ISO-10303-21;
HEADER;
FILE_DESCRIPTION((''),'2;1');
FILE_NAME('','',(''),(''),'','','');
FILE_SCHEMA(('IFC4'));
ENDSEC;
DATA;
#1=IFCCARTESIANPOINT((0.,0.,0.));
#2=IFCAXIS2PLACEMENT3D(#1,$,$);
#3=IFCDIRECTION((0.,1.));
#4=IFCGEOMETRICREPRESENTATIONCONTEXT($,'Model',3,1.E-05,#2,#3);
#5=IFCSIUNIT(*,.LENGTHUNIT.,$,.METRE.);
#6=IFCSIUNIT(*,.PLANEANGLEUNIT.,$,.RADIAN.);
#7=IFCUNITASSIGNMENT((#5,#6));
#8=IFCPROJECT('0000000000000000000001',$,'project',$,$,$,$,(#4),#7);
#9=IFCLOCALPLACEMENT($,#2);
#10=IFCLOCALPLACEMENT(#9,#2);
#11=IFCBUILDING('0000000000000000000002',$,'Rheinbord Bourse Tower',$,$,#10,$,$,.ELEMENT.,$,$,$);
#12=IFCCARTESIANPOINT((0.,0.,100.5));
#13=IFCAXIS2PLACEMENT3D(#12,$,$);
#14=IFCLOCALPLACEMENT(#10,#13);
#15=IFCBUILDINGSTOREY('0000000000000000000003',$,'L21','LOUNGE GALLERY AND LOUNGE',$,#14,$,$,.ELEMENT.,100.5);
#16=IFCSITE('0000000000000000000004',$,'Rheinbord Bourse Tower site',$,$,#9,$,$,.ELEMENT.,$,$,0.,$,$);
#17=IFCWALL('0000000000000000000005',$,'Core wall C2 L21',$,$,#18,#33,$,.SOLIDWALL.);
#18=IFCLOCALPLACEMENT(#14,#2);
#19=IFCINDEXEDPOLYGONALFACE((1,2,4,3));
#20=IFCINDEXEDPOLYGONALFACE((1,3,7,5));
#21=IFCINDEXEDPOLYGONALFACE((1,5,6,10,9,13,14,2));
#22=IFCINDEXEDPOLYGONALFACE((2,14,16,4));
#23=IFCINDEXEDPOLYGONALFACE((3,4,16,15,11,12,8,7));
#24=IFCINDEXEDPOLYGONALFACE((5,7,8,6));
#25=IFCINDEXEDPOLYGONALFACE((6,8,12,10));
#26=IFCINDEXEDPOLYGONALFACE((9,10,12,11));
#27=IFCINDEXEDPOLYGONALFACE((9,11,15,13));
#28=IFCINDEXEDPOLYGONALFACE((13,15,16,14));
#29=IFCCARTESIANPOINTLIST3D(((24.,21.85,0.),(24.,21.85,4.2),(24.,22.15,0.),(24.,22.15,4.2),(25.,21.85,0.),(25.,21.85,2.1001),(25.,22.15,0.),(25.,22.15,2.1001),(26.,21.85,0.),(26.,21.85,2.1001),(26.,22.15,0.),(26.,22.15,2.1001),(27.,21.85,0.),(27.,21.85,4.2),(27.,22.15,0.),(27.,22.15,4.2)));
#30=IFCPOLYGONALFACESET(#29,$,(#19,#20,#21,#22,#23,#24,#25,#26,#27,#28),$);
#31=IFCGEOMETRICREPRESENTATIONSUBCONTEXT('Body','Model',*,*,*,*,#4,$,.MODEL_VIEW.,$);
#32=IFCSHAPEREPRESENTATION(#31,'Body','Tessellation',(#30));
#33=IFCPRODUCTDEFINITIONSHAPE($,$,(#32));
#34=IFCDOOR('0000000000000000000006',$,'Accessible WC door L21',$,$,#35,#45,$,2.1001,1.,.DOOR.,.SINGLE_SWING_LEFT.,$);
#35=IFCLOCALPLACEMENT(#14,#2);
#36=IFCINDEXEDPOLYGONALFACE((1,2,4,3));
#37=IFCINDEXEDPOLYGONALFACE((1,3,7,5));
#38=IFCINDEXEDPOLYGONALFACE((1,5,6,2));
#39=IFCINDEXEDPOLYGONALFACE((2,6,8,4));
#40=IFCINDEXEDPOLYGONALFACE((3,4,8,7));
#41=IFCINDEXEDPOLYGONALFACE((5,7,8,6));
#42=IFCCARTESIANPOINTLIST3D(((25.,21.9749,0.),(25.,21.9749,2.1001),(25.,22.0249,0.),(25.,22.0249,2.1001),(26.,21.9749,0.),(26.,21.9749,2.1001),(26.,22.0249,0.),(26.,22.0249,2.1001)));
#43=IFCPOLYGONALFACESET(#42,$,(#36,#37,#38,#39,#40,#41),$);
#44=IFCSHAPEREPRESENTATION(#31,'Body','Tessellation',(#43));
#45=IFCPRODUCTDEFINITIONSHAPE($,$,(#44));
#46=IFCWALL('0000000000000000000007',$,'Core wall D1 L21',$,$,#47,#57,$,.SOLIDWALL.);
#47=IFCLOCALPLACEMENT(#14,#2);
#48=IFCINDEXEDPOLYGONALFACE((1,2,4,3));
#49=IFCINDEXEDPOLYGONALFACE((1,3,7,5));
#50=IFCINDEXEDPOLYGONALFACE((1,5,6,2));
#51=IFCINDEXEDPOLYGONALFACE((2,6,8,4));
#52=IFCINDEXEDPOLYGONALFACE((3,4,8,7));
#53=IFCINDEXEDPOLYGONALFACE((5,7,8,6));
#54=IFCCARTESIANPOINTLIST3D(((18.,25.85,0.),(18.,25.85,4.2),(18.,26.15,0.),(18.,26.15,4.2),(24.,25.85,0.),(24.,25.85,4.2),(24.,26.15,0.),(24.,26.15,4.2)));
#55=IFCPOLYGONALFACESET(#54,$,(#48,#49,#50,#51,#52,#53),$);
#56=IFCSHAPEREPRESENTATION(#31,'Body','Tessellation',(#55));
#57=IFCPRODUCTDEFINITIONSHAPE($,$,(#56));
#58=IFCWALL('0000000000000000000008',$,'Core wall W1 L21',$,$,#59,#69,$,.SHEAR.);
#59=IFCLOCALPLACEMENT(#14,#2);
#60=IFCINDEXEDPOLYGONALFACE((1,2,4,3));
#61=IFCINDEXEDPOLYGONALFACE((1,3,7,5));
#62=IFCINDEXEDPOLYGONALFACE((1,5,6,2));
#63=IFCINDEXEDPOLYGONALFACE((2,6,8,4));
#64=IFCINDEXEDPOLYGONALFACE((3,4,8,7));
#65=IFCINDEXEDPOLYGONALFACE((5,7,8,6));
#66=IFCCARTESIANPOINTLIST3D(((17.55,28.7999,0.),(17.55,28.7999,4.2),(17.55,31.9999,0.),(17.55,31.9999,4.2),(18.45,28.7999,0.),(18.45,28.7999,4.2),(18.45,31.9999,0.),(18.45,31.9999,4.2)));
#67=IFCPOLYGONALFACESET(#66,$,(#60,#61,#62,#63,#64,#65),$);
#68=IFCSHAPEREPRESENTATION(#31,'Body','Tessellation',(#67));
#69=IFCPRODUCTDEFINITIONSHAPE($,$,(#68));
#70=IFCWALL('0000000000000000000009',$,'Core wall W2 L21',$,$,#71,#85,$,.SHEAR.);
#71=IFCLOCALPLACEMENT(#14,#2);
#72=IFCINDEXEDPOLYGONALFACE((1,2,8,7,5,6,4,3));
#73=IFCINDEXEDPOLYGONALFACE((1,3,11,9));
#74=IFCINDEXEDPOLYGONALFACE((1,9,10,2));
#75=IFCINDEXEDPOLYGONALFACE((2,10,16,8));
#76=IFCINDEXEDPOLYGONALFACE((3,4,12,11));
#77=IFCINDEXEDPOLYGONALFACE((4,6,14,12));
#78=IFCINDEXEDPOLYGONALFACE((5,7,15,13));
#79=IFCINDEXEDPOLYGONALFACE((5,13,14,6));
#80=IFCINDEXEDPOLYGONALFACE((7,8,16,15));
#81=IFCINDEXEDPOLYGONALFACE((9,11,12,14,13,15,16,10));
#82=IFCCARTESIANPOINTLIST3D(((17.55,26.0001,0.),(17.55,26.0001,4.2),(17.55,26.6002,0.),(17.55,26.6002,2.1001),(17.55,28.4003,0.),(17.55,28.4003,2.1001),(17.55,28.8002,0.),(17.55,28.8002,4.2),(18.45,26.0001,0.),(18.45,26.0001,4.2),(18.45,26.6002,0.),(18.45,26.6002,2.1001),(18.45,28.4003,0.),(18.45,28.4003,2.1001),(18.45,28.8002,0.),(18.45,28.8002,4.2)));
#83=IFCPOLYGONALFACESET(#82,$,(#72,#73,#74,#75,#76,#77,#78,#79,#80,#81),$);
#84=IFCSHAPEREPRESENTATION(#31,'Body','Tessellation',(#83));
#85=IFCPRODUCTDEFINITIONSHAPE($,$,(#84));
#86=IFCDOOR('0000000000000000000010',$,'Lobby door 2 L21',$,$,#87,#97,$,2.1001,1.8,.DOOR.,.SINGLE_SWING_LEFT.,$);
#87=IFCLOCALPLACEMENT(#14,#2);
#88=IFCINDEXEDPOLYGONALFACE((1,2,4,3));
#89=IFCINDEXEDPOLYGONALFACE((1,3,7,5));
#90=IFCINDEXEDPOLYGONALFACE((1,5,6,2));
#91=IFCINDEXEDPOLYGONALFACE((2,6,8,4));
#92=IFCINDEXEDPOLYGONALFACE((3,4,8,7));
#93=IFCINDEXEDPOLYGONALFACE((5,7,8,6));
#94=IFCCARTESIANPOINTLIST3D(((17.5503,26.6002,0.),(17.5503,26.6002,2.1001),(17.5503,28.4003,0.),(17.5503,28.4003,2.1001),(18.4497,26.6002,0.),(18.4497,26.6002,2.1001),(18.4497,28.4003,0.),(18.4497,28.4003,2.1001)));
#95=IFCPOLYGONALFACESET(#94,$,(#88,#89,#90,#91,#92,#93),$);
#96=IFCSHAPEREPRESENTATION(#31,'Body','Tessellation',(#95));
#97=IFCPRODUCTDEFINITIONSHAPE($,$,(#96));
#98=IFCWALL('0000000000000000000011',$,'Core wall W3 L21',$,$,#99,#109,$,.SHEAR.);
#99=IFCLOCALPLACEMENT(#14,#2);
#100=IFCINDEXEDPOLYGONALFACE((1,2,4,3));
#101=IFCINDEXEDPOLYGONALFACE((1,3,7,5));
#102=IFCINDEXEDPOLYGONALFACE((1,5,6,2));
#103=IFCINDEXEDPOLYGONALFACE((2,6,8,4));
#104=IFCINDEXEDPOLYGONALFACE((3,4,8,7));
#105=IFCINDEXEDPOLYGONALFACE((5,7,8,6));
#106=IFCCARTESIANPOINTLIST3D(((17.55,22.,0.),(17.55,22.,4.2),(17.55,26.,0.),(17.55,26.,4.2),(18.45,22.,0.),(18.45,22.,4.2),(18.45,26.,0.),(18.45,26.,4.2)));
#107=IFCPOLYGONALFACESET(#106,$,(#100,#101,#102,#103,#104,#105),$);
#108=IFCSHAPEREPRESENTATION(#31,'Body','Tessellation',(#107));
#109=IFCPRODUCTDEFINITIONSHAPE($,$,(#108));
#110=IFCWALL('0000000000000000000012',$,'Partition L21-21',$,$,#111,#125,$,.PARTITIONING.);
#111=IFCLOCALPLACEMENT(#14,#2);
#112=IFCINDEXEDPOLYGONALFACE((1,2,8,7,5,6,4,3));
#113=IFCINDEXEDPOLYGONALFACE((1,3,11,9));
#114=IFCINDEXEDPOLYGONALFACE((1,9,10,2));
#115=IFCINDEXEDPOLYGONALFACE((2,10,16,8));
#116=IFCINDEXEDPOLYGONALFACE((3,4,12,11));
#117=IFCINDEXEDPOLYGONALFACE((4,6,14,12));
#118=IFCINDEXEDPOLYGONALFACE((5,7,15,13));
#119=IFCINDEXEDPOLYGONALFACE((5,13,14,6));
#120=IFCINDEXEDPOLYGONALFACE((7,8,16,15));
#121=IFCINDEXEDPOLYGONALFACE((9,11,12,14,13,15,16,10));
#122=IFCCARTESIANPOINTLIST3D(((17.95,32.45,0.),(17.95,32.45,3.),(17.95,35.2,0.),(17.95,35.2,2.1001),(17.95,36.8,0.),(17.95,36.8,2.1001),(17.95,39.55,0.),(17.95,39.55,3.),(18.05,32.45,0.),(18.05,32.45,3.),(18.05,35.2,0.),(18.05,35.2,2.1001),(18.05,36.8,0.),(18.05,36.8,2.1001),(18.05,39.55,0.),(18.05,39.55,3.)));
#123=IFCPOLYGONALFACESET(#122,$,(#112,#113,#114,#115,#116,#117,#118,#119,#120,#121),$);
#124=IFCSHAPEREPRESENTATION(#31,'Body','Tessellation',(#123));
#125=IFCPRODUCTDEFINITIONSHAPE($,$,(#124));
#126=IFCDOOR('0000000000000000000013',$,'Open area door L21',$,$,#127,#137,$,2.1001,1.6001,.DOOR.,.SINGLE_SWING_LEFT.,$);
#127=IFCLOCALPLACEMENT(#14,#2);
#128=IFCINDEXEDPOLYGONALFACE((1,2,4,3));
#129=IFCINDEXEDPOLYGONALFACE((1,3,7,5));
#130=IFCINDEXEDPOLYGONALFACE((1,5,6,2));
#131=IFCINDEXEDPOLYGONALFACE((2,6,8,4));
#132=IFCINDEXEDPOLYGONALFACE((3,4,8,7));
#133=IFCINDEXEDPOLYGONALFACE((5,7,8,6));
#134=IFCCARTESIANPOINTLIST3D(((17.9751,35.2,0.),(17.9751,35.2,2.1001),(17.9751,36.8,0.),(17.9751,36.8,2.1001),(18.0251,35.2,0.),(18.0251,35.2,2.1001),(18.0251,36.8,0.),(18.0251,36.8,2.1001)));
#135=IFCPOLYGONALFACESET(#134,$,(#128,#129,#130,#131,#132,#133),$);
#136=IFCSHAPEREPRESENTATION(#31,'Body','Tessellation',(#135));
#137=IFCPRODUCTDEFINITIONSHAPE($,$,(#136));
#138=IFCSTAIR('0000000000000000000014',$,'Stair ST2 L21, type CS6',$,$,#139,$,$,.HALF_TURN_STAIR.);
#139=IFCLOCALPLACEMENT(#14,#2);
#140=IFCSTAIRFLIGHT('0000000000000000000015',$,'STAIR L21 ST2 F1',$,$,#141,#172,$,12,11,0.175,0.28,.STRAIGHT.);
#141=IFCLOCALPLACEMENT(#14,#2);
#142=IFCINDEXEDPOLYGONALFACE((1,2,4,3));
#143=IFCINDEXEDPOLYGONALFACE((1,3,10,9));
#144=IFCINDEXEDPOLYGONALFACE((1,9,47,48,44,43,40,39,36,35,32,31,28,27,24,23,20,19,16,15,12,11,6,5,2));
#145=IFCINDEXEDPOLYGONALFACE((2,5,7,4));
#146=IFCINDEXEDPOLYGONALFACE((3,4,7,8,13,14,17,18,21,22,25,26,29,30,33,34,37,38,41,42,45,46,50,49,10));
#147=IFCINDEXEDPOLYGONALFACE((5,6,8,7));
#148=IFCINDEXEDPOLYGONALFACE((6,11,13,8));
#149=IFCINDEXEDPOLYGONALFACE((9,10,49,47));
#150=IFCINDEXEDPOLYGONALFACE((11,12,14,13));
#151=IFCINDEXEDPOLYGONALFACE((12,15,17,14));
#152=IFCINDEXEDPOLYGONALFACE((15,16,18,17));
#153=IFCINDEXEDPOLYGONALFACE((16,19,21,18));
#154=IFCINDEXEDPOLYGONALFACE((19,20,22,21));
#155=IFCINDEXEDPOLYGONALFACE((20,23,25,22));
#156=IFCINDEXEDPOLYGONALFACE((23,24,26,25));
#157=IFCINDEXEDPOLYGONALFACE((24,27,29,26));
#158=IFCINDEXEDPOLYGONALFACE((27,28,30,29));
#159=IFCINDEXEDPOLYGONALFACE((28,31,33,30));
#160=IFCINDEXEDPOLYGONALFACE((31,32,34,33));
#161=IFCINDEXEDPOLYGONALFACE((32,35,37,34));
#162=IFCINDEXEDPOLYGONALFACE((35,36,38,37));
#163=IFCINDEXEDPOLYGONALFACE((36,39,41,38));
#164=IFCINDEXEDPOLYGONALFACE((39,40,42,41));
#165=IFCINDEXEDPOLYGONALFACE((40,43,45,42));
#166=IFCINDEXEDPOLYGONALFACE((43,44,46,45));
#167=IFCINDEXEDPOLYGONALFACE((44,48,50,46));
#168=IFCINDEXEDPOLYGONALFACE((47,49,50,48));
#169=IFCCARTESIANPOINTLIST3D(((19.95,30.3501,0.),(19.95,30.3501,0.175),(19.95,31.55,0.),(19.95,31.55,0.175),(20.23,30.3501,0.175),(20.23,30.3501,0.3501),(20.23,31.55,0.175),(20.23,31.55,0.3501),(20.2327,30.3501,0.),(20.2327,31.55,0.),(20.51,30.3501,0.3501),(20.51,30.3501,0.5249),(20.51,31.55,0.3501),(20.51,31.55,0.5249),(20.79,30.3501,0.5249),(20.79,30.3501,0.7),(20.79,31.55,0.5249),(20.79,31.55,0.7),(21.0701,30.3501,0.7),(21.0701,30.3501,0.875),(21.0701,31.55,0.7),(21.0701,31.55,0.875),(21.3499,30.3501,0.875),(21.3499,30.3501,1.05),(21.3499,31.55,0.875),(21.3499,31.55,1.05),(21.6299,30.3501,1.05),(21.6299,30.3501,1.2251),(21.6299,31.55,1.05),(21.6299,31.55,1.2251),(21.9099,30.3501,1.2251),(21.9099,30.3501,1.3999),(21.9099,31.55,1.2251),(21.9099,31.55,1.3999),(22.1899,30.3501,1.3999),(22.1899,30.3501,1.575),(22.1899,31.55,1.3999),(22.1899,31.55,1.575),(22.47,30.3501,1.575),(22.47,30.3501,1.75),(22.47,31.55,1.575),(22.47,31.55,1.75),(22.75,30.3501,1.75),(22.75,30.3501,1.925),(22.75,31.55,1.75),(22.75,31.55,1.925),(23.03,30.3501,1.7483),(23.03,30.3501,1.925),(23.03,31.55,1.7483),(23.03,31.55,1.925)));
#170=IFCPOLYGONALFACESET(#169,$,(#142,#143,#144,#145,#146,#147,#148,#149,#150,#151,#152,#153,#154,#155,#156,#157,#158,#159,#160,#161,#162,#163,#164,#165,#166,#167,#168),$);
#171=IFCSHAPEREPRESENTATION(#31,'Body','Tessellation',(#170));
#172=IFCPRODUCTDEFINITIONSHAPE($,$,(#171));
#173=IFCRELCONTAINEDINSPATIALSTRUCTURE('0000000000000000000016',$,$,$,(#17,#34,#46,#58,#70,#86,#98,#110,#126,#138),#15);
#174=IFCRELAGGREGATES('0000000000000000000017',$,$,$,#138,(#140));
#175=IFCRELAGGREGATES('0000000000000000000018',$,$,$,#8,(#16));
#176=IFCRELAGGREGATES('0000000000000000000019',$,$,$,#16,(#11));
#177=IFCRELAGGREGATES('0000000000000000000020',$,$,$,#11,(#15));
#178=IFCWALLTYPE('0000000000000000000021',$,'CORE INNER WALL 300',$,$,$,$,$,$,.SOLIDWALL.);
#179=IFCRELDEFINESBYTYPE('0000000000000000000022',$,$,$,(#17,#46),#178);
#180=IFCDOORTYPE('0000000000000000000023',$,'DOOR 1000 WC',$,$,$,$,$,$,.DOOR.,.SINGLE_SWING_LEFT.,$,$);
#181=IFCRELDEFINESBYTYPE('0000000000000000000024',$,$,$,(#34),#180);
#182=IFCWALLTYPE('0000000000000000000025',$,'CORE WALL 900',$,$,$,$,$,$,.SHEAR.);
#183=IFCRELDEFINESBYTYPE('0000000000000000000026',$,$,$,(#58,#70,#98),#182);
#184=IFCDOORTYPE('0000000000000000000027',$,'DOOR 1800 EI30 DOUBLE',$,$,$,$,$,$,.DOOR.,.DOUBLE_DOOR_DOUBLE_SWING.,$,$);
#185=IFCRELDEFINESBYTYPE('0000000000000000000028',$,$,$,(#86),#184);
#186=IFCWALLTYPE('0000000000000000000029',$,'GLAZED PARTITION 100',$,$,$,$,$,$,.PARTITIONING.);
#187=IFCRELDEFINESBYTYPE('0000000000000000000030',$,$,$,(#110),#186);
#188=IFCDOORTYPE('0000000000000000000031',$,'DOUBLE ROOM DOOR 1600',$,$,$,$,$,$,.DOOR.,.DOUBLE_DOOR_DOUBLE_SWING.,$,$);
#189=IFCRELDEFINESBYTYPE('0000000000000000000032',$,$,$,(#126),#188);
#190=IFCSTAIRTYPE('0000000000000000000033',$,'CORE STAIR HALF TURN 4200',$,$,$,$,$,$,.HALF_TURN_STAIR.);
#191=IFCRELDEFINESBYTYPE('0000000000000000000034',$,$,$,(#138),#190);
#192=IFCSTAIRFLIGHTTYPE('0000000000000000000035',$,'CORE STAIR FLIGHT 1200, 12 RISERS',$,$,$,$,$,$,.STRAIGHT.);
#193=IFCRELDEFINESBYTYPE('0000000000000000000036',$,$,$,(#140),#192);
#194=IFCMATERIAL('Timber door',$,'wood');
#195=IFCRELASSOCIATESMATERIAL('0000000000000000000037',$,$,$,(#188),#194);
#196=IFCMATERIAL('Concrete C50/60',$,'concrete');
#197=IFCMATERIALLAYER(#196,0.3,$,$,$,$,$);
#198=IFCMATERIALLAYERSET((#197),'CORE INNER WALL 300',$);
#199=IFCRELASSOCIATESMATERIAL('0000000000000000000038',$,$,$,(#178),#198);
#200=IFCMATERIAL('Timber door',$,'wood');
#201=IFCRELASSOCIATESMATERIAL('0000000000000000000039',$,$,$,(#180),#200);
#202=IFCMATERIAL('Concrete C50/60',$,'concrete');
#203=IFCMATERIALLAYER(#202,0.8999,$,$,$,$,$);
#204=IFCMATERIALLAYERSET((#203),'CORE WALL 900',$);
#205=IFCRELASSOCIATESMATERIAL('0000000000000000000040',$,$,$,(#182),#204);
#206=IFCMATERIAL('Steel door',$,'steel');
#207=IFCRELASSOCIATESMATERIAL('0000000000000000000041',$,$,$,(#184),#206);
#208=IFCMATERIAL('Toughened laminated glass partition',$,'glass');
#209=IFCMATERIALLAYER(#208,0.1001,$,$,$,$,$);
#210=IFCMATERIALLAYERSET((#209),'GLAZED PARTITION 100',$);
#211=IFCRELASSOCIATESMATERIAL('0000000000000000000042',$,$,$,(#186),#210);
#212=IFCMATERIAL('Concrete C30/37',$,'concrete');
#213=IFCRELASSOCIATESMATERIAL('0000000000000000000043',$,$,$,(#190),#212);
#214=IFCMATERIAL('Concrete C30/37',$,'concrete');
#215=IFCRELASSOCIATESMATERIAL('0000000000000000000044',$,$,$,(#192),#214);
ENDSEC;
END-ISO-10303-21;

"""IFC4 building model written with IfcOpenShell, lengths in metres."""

from ifc_helpers import new_model, si_unit, direction, frame, frame_2d, origin, place, context, subcontext, project, spatial, polyline, rectangle, outline, extrude, material, layer, layer_set, type_object, element, fill, aggregate, save


model = new_model("IFC4")

# Units and contexts
model_context = context("Model", 3, precision=1e-05, world=origin(), true_north=direction((0.0, 1.0)))
body_context = subcontext(model_context, "Body", "Model", "MODEL_VIEW")
ifc_project = project(units=[si_unit("LENGTHUNIT", "METRE"), si_unit("PLANEANGLEUNIT", "RADIAN")], contexts=[model_context])

# Site, building, storey
site_placement = place(None, origin())
site = spatial("IfcSite", under=ifc_project, at=site_placement, Name="Rheinbord Bourse Tower site", CompositionType="ELEMENT", RefElevation=0.0)
building_placement = place(site_placement, origin())
building = spatial("IfcBuilding", under=site, at=building_placement, Name="Rheinbord Bourse Tower", CompositionType="ELEMENT")
storey_placement = place(building_placement, frame((0.0, 0.0, 100.5)))
storey = spatial("IfcBuildingStorey", under=building, at=storey_placement, Name="L21", Description="LOUNGE GALLERY AND LOUNGE", CompositionType="ELEMENT", Elevation=100.5)

# Shared definitions
ifc_material_1 = material(Name="Timber door", Category="wood")
door_type_1 = type_object("IfcDoorType", Name="DOUBLE ROOM DOOR 1600", OperationType="DOUBLE_DOOR_DOUBLE_SWING", PredefinedType="DOOR", material=ifc_material_1)

# Wall, opening, door
ifc_material_2 = material(Name="Concrete C50/60", Category="concrete")
ifc_layer_1 = layer(ifc_material_2, 0.3)
ifc_layer_set_1 = layer_set([ifc_layer_1], Name="CORE INNER WALL 300")
wall_type_1 = type_object("IfcWallType", Name="CORE INNER WALL 300", PredefinedType="SOLIDWALL", material=ifc_layer_set_1)
ifc_material_3 = material(Name="Timber door", Category="wood")
door_type_2 = type_object("IfcDoorType", Name="DOOR 1000 WC", OperationType="SINGLE_SWING_LEFT", PredefinedType="DOOR", material=ifc_material_3)
wall_1_placement = place(storey_placement, frame((24.0, 22.0, 0.0), z_axis=(0.0, 0.0, 1.0), x_axis=(1.0, 0.0, 0.0)))
wall_1 = element("IfcWall", 1, at=wall_1_placement, inside=storey, type_object=wall_type_1, Name="Core wall C2 L21", PredefinedType="SOLIDWALL", context=body_context, shape_type="SweptSolid", body=[
    extrude(rectangle(XDim=3.0, YDim=0.3, at=frame_2d((1.5, 0.0))), origin(), (0.0, 0.0, 1.0), 4.2),
])
opening_1_placement = place(wall_1_placement, frame((1.0, 0.0, 0.0)))
opening_1 = element("IfcOpeningElement", 2, at=opening_1_placement, cuts=wall_1, PredefinedType="OPENING", context=body_context, shape_type="SweptSolid", body=[
    extrude(rectangle(XDim=1.0, YDim=2.1001, at=frame_2d((0.5, 1.05))), frame((0.0, 0.1599, 0.0), z_axis=(0.0, -1.0, 0.0), x_axis=(1.0, 0.0, 0.0)), (0.0, 0.0, 1.0), 0.3201),
])
door_1_placement = place(opening_1_placement, origin())
door_1 = element("IfcDoor", 3, at=door_1_placement, inside=storey, type_object=door_type_2, Name="Accessible WC door L21", OperationType="SINGLE_SWING_LEFT", OverallHeight=2.1001, OverallWidth=1.0, PredefinedType="DOOR", context=body_context, shape_type="SweptSolid", body=[
    extrude(rectangle(XDim=1.0, YDim=2.1001, at=frame_2d((0.5, 1.05))), frame((0.0, 0.0249, 0.0), z_axis=(0.0, -1.0, 0.0), x_axis=(1.0, 0.0, 0.0)), (0.0, 0.0, 1.0), 0.05),
])
fill(opening_1, door_1)

# Walls
wall_2_placement = place(storey_placement, frame((18.0, 26.0, 0.0), z_axis=(0.0, 0.0, 1.0), x_axis=(1.0, 0.0, 0.0)))
element("IfcWall", 4, at=wall_2_placement, inside=storey, type_object=wall_type_1, Name="Core wall D1 L21", PredefinedType="SOLIDWALL", context=body_context, shape_type="SweptSolid", body=[
    extrude(rectangle(XDim=6.0, YDim=0.3, at=frame_2d((3.0, 0.0))), origin(), (0.0, 0.0, 1.0), 4.2),
])
ifc_material_4 = material(Name="Concrete C50/60", Category="concrete")
ifc_layer_2 = layer(ifc_material_4, 0.8999)
ifc_layer_set_2 = layer_set([ifc_layer_2], Name="CORE WALL 900")
wall_type_2 = type_object("IfcWallType", Name="CORE WALL 900", PredefinedType="SHEAR", material=ifc_layer_set_2)
wall_3_placement = place(storey_placement, frame((18.0, 32.0, 0.0), z_axis=(0.0, 0.0, 1.0), x_axis=(0.0, -1.0, 0.0)))
element("IfcWall", 5, at=wall_3_placement, inside=storey, type_object=wall_type_2, Name="Core wall W1 L21", PredefinedType="SHEAR", context=body_context, shape_type="SweptSolid", body=[
    extrude(rectangle(XDim=3.2, YDim=0.8999, at=frame_2d((1.6001, 0.0))), origin(), (0.0, 0.0, 1.0), 4.2),
])

# Wall, opening, door
wall_4_placement = place(storey_placement, frame((18.0, 28.8, 0.0), z_axis=(0.0, 0.0, 1.0), x_axis=(0.0, -1.0, 0.0)))
wall_4 = element("IfcWall", 6, at=wall_4_placement, inside=storey, type_object=wall_type_2, Name="Core wall W2 L21", PredefinedType="SHEAR", context=body_context, shape_type="SweptSolid", body=[
    extrude(rectangle(XDim=2.8, YDim=0.8999, at=frame_2d((1.3999, 0.0))), origin(), (0.0, 0.0, 1.0), 4.2),
])
opening_2_placement = place(wall_4_placement, frame((0.3999, 0.0, 0.0)))
opening_2 = element("IfcOpeningElement", 7, at=opening_2_placement, cuts=wall_4, PredefinedType="OPENING", context=body_context, shape_type="SweptSolid", body=[
    extrude(rectangle(XDim=1.8, YDim=2.1001, at=frame_2d((0.8999, 1.05))), frame((0.0, 0.46, 0.0), z_axis=(0.0, -1.0, 0.0), x_axis=(1.0, 0.0, 0.0)), (0.0, 0.0, 1.0), 0.9199),
])
ifc_material_5 = material(Name="Steel door", Category="steel")
door_type_3 = type_object("IfcDoorType", Name="DOOR 1800 EI30 DOUBLE", OperationType="DOUBLE_DOOR_DOUBLE_SWING", PredefinedType="DOOR", material=ifc_material_5)
door_2_placement = place(opening_2_placement, origin())
door_2 = element("IfcDoor", 8, at=door_2_placement, inside=storey, type_object=door_type_3, Name="Lobby door 2 L21", OperationType="SINGLE_SWING_LEFT", OverallHeight=2.1001, OverallWidth=1.8, PredefinedType="DOOR", context=body_context, shape_type="SweptSolid", body=[
    extrude(rectangle(XDim=1.8, YDim=2.1001, at=frame_2d((0.8999, 1.05))), frame((0.0, 0.4497, 0.0), z_axis=(0.0, -1.0, 0.0), x_axis=(1.0, 0.0, 0.0)), (0.0, 0.0, 1.0), 0.8994),
])
fill(opening_2, door_2)

# Wall
wall_5_placement = place(storey_placement, frame((18.0, 26.0, 0.0), z_axis=(0.0, 0.0, 1.0), x_axis=(0.0, -1.0, 0.0)))
element("IfcWall", 9, at=wall_5_placement, inside=storey, type_object=wall_type_2, Name="Core wall W3 L21", PredefinedType="SHEAR", context=body_context, shape_type="SweptSolid", body=[
    extrude(rectangle(XDim=4.0, YDim=0.8999, at=frame_2d((2.0, 0.0))), origin(), (0.0, 0.0, 1.0), 4.2),
])

# Wall, opening, door
ifc_material_6 = material(Name="Toughened laminated glass partition", Category="glass")
ifc_layer_3 = layer(ifc_material_6, 0.1001)
ifc_layer_set_3 = layer_set([ifc_layer_3], Name="GLAZED PARTITION 100")
wall_type_3 = type_object("IfcWallType", Name="GLAZED PARTITION 100", PredefinedType="PARTITIONING", material=ifc_layer_set_3)
wall_6_placement = place(storey_placement, frame((18.0, 32.45, 0.0), z_axis=(0.0, 0.0, 1.0), x_axis=(0.0, 1.0, 0.0)))
wall_6 = element("IfcWall", 10, at=wall_6_placement, inside=storey, type_object=wall_type_3, Name="Partition L21-21", PredefinedType="PARTITIONING", context=body_context, shape_type="SweptSolid", body=[
    extrude(rectangle(XDim=7.1001, YDim=0.1001, at=frame_2d((3.55, 0.0))), origin(), (0.0, 0.0, 1.0), 3.0),
])
opening_3_placement = place(wall_6_placement, frame((2.75, 0.0, 0.0)))
opening_3 = element("IfcOpeningElement", 11, at=opening_3_placement, cuts=wall_6, PredefinedType="OPENING", context=body_context, shape_type="SweptSolid", body=[
    extrude(rectangle(XDim=1.6001, YDim=2.1001, at=frame_2d((0.8, 1.05))), frame((0.0, 0.0601, 0.0), z_axis=(0.0, -1.0, 0.0), x_axis=(1.0, 0.0, 0.0)), (0.0, 0.0, 1.0), 0.1201),
])
door_3_placement = place(opening_3_placement, origin())
door_3 = element("IfcDoor", 12, at=door_3_placement, inside=storey, type_object=door_type_1, Name="Open area door L21", OperationType="SINGLE_SWING_LEFT", OverallHeight=2.1001, OverallWidth=1.6001, PredefinedType="DOOR", context=body_context, shape_type="SweptSolid", body=[
    extrude(rectangle(XDim=1.6001, YDim=2.1001, at=frame_2d((0.8, 1.05))), frame((0.0, 0.0249, 0.0), z_axis=(0.0, -1.0, 0.0), x_axis=(1.0, 0.0, 0.0)), (0.0, 0.0, 1.0), 0.05),
])
fill(opening_3, door_3)

# Stair, stair flight
ifc_material_7 = material(Name="Concrete C30/37", Category="concrete")
stair_type = type_object("IfcStairType", Name="CORE STAIR HALF TURN 4200", PredefinedType="HALF_TURN_STAIR", material=ifc_material_7)
stair_placement = place(storey_placement, origin())
stair = element("IfcStair", 13, at=stair_placement, inside=storey, type_object=stair_type, Name="Stair ST2 L21, type CS6", PredefinedType="HALF_TURN_STAIR")
ifc_material_8 = material(Name="Concrete C30/37", Category="concrete")
stair_flight_type = type_object("IfcStairFlightType", Name="CORE STAIR FLIGHT 1200, 12 RISERS", PredefinedType="STRAIGHT", material=ifc_material_8)
stair_flight_1_placement = place(storey_placement, frame((19.95, 30.95, 0.0), z_axis=(0.0, 0.0, 1.0), x_axis=(1.0, 0.0, 0.0)))
stair_flight_1 = element("IfcStairFlight", 14, at=stair_flight_1_placement, type_object=stair_flight_type, Name="STAIR L21 ST2 F1", NumberOfRisers=12, NumberOfTreads=11, PredefinedType="STRAIGHT", RiserHeight=0.175, TreadLength=0.28, context=body_context, shape_type="SweptSolid", body=[
    extrude(outline(polyline([(0.0, 0.0), (0.0, 0.175), (0.28, 0.175), (0.28, 0.3501), (0.5601, 0.3501), (0.5601, 0.5249), (0.8401, 0.5249), (0.8401, 0.7), (1.1201, 0.7), (1.1201, 0.875), (1.3999, 0.875), (1.3999, 1.05), (1.6799, 1.05), (1.6799, 1.2251), (1.96, 1.2251), (1.96, 1.3999), (2.24, 1.3999), (2.24, 1.575), (2.52, 1.575), (2.52, 1.75), (2.8, 1.75), (2.8, 1.925), (3.0801, 1.925), (3.0801, 2.1001), (3.0801, 1.7483), (0.2827, 0.0), (0.0, 0.0)])), frame((0.0, 0.6001, 0.0), z_axis=(0.0, -1.0, 0.0), x_axis=(1.0, 0.0, 0.0)), (0.0, 0.0, 1.0), 1.2),
])
aggregate(stair, [stair_flight_1])

save(model, "model.ifc")
